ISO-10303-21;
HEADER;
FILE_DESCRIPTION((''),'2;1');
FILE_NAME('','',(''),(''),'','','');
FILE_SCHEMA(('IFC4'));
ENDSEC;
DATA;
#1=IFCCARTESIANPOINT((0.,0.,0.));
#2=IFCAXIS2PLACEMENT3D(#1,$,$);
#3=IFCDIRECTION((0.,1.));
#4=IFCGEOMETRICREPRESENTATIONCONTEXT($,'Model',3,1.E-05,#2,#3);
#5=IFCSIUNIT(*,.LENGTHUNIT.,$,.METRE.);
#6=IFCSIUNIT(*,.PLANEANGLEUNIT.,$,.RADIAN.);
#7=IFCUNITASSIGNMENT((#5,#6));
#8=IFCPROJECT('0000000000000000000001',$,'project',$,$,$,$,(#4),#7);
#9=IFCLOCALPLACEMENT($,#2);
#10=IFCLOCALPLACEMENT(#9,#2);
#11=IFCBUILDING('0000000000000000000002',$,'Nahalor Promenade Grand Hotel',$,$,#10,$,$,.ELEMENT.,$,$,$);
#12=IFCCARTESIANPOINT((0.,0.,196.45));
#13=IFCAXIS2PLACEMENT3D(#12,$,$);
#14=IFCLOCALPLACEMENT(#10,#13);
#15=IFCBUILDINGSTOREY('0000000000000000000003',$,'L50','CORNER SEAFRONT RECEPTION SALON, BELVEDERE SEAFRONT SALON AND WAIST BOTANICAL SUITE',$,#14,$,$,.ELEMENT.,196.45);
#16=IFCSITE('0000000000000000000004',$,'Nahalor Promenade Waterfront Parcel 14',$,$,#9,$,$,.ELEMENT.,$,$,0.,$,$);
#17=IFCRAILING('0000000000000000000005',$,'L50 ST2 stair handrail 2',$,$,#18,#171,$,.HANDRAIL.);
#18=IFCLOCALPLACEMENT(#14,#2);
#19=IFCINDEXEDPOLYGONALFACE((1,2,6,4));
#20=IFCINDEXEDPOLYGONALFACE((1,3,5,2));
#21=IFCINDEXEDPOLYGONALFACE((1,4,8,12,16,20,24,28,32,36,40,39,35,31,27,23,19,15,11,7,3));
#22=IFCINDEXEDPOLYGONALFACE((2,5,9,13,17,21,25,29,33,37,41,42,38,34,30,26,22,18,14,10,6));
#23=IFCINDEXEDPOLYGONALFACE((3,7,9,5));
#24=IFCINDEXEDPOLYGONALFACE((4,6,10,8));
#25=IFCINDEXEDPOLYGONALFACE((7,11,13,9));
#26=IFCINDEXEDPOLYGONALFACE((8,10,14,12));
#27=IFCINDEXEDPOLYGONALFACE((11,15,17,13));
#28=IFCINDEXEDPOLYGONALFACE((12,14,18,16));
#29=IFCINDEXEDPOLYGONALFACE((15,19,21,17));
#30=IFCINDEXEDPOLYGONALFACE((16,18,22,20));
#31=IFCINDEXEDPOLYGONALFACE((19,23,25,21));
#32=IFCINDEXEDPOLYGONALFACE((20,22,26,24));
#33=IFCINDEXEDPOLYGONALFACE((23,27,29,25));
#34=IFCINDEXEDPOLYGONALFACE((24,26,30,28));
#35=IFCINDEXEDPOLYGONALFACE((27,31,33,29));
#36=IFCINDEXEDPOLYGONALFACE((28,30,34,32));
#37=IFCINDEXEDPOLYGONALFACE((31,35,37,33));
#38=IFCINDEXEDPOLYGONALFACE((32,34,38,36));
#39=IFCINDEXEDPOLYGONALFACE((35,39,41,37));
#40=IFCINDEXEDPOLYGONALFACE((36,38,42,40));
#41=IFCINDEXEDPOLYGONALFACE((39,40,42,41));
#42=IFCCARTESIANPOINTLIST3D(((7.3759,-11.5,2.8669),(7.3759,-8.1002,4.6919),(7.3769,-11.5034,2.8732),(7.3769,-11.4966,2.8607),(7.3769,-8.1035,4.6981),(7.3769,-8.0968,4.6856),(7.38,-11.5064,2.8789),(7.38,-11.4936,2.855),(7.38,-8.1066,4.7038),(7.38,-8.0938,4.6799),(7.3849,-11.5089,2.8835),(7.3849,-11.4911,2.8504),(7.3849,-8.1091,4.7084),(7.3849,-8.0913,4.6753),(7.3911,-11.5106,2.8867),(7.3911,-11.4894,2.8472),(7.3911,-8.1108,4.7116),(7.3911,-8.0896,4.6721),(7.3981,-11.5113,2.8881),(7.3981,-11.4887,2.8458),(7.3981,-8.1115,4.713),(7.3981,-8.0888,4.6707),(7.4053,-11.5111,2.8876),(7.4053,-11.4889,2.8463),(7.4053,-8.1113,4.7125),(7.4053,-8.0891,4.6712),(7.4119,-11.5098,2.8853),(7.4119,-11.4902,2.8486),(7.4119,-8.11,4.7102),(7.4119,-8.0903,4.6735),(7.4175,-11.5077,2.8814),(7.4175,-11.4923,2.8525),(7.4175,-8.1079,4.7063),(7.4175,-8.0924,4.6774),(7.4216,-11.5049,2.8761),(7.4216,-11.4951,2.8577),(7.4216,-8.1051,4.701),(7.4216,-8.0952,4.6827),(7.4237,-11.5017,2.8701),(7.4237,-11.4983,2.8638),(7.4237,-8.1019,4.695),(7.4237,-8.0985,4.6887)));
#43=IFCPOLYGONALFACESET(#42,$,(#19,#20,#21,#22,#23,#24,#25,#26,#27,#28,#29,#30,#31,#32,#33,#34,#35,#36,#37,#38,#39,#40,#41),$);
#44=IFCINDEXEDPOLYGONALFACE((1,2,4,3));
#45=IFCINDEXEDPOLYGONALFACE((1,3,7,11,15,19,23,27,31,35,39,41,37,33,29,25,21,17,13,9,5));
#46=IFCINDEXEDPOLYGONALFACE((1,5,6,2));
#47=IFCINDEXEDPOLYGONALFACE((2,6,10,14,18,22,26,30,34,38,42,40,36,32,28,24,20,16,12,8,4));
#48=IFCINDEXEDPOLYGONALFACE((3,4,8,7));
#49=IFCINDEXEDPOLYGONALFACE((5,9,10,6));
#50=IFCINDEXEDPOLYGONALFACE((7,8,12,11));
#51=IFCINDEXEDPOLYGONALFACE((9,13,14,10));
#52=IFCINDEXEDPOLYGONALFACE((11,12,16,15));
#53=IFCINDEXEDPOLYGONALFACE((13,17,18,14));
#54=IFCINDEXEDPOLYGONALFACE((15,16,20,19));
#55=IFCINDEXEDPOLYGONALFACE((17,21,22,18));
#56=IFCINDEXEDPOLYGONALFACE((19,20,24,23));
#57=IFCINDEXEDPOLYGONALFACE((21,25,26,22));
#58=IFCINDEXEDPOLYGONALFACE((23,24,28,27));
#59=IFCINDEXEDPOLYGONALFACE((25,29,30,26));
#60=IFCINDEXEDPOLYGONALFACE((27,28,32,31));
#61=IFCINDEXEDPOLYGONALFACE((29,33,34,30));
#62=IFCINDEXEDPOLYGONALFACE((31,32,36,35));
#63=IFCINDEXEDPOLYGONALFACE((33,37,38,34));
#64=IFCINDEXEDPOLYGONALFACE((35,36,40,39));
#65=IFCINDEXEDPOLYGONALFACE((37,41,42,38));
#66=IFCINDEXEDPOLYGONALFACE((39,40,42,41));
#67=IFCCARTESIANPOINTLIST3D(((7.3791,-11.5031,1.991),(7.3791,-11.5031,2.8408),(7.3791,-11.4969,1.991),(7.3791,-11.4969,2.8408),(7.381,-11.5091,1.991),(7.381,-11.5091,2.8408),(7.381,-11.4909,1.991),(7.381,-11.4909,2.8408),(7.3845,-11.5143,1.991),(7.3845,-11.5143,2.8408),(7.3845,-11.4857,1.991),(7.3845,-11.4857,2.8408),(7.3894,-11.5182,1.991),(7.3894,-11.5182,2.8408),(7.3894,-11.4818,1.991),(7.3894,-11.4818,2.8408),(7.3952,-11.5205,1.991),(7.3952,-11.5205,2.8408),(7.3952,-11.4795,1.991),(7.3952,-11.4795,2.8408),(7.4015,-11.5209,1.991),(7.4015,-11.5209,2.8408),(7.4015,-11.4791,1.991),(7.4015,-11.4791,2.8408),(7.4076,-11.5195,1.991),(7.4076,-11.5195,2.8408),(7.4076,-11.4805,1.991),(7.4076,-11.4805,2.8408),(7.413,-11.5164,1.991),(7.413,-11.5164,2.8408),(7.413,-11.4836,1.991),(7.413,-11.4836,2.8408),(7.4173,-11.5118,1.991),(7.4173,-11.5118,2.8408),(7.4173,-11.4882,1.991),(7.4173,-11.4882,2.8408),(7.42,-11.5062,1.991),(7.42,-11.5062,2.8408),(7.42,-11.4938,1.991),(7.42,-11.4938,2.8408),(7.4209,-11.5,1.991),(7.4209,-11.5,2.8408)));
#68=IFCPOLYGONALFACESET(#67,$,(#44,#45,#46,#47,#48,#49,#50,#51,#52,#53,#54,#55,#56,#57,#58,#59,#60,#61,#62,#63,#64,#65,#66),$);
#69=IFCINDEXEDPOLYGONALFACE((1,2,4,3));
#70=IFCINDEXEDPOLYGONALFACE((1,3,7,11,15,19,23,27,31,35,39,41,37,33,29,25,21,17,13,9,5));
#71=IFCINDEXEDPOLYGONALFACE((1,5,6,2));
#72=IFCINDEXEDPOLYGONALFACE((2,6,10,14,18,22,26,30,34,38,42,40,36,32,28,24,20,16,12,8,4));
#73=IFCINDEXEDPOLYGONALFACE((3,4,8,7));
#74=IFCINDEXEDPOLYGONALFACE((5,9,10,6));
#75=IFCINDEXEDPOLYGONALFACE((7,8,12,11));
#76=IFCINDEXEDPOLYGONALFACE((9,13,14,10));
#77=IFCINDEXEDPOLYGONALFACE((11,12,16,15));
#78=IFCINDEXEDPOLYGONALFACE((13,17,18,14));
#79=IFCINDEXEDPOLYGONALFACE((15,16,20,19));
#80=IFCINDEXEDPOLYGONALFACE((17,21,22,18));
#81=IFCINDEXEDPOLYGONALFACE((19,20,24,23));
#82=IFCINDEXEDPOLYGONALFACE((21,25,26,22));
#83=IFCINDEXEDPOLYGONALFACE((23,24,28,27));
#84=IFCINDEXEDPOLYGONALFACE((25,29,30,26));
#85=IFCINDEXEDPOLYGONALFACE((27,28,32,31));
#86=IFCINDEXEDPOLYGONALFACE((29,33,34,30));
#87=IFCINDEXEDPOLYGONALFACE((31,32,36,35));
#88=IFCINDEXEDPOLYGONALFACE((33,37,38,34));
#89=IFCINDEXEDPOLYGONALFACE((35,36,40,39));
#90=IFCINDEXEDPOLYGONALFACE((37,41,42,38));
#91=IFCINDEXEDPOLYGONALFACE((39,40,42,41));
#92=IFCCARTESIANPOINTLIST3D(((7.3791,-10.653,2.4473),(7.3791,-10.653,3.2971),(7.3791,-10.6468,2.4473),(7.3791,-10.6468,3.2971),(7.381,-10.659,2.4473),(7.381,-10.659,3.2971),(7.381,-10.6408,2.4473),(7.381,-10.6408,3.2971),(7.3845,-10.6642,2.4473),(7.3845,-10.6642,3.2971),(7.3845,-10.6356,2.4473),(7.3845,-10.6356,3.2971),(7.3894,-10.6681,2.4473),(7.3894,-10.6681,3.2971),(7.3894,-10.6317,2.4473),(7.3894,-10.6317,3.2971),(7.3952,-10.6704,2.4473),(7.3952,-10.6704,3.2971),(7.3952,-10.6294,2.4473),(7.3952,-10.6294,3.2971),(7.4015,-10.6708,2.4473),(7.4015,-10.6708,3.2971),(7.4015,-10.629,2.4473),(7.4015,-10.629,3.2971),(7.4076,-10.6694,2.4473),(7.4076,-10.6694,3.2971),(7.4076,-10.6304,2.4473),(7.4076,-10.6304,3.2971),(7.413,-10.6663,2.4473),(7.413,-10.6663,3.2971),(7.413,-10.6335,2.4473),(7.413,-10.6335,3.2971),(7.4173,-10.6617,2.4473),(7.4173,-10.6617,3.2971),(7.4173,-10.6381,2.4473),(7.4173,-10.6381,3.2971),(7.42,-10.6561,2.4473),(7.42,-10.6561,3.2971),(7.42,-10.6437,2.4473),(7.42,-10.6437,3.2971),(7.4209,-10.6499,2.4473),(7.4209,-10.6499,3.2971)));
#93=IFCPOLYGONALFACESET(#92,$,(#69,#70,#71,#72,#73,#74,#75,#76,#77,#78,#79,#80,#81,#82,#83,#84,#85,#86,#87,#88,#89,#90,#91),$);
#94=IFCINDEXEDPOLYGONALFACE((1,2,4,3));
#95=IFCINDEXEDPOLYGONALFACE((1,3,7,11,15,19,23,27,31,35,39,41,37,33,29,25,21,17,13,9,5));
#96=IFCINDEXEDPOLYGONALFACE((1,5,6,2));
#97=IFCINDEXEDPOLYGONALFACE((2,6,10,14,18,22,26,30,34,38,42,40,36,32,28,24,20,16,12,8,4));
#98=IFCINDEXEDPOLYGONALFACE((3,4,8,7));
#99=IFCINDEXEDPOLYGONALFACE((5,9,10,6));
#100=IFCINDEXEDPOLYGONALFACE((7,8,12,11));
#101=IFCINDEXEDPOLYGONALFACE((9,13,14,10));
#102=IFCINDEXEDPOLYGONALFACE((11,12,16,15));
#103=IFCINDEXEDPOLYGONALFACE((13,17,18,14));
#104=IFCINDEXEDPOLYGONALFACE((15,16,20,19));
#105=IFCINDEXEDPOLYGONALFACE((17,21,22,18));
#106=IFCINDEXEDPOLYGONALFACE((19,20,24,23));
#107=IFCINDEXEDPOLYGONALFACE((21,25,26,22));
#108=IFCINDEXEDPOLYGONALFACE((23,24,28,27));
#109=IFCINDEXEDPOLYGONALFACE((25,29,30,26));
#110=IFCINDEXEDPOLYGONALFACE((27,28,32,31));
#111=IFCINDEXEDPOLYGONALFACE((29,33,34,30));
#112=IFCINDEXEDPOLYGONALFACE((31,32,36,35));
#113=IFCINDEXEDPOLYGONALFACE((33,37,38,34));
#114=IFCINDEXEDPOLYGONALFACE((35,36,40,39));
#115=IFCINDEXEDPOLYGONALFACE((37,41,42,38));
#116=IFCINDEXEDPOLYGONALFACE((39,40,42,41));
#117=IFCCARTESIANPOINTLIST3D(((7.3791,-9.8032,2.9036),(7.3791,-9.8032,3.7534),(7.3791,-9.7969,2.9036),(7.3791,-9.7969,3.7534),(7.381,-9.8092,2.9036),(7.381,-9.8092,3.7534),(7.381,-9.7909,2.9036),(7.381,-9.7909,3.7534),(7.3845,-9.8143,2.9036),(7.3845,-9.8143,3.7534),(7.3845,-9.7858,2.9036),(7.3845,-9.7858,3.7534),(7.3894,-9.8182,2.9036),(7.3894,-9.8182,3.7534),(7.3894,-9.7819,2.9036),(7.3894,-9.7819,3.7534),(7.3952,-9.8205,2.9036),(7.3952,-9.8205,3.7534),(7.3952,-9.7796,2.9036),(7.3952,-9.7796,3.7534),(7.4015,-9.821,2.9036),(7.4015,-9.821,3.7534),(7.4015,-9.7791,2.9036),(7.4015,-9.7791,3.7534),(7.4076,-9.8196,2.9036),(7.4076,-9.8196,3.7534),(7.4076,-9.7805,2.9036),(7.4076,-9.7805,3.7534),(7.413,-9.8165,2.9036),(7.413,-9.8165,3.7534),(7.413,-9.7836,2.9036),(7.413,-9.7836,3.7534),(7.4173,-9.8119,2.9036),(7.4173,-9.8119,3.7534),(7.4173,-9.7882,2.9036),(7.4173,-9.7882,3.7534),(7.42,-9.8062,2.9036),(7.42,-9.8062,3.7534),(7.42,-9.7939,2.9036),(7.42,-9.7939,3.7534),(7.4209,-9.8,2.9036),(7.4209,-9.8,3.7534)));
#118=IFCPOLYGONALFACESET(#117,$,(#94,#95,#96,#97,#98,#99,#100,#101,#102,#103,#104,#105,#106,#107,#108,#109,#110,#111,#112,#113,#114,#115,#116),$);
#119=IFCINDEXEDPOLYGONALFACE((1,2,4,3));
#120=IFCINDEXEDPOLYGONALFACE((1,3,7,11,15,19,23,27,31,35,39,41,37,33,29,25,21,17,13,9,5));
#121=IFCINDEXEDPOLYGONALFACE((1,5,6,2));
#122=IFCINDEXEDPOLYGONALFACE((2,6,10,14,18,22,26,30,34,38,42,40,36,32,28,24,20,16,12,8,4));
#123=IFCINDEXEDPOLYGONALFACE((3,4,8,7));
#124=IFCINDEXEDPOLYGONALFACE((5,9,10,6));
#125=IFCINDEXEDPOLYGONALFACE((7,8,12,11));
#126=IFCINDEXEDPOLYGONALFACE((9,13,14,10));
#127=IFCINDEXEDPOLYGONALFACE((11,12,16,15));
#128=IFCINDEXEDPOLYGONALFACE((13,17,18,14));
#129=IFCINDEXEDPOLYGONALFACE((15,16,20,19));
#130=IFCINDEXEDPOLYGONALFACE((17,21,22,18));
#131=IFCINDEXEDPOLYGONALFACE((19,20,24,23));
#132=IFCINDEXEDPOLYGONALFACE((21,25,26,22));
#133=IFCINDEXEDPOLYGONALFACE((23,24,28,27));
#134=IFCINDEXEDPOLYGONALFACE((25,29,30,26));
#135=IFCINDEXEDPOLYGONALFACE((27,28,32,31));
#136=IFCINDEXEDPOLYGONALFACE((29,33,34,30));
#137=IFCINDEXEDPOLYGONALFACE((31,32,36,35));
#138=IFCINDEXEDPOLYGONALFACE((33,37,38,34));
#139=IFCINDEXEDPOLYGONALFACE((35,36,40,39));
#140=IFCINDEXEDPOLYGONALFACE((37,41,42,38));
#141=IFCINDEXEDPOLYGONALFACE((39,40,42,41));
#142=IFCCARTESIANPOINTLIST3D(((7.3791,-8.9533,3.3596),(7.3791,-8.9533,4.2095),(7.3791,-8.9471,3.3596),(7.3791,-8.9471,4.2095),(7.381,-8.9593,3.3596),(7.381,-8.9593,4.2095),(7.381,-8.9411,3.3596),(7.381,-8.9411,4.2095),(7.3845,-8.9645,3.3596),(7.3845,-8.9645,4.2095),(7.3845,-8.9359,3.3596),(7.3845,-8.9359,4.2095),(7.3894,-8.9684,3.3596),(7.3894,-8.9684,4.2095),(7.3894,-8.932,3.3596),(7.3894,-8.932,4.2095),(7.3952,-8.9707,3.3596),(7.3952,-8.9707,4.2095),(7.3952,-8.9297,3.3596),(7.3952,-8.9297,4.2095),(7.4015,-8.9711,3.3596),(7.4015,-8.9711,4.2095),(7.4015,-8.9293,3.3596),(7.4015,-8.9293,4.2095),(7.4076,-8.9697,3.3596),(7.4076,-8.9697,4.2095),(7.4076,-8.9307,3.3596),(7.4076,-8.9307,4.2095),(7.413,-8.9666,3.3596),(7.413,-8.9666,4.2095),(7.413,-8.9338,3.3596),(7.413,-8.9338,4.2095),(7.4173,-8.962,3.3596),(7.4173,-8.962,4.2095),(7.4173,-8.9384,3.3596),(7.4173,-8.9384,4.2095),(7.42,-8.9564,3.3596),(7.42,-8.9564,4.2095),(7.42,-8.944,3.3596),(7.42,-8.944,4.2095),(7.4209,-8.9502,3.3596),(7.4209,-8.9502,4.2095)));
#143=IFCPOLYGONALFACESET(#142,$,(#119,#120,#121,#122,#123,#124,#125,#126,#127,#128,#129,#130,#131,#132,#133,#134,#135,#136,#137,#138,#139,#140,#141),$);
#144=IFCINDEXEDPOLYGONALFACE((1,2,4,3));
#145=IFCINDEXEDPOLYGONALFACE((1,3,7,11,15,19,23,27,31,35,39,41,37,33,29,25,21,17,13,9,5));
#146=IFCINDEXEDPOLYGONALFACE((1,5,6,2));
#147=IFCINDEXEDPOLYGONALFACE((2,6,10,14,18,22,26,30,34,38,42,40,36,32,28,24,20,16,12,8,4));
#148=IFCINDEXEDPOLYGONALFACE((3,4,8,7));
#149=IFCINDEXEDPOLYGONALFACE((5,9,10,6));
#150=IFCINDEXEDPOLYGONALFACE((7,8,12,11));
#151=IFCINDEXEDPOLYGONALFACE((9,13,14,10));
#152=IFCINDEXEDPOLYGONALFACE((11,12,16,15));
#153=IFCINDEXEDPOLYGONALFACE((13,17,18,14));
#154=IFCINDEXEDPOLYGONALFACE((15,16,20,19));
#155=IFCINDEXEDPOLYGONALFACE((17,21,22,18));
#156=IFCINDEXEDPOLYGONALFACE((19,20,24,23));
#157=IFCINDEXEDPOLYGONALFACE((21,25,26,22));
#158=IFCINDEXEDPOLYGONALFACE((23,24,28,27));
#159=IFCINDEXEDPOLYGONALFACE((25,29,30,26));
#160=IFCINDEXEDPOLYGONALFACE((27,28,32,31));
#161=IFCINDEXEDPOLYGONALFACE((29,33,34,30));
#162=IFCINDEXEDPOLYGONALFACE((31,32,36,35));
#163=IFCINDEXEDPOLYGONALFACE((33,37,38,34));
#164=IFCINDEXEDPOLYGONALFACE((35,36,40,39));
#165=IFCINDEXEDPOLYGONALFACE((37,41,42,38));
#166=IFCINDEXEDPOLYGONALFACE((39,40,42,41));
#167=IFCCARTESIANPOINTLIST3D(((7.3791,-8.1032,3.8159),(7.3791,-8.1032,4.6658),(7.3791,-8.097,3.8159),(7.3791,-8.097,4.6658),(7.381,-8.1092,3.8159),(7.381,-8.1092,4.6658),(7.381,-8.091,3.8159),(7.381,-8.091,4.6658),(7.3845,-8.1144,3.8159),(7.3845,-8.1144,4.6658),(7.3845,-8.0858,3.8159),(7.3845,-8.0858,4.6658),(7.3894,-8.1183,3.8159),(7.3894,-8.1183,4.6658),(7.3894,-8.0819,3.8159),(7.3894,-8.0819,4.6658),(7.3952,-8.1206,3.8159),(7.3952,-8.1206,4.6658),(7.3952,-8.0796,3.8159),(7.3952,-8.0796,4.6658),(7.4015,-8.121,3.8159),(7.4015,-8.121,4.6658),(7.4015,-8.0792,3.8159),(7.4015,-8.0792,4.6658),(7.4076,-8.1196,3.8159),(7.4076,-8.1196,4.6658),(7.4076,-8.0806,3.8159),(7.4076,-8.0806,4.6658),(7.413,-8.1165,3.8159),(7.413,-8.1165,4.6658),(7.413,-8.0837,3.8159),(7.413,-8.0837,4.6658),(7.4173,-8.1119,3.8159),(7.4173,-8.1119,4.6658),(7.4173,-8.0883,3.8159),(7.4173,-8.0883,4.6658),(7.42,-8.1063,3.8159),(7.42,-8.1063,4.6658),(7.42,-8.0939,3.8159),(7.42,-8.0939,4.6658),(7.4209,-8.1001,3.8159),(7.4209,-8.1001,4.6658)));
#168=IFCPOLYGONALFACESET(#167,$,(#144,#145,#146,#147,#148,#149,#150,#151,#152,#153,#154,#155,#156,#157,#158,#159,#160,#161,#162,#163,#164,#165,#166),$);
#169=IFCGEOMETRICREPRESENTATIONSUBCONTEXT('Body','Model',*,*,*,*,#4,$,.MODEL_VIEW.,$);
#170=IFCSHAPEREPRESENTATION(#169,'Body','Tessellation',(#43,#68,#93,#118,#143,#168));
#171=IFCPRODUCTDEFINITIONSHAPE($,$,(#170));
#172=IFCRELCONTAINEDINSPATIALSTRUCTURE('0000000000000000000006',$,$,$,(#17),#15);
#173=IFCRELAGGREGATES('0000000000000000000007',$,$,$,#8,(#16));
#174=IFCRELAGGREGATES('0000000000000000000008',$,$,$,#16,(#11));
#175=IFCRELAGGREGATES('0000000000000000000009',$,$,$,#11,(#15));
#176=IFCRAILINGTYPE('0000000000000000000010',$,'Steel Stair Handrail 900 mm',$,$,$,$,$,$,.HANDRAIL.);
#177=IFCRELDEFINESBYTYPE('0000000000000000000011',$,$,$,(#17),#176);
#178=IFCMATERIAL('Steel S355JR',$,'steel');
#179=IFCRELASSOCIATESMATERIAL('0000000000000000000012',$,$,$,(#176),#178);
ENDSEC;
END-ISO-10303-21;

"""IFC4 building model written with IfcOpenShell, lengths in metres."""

from ifc_helpers import new_model, si_unit, direction, frame, origin, origin_2d, place, context, subcontext, project, spatial, circle, extrude, material, type_object, element, save


model = new_model("IFC4")

# Units and contexts
model_context = context("Model", 3, precision=1e-05, world=origin(), true_north=direction((0.0, 1.0)))
body_context = subcontext(model_context, "Body", "Model", "MODEL_VIEW")
ifc_project = project(units=[si_unit("LENGTHUNIT", "METRE"), si_unit("PLANEANGLEUNIT", "RADIAN")], contexts=[model_context])

# Site, building, storey
site_placement = place(None, origin())
site = spatial("IfcSite", under=ifc_project, at=site_placement, Name="Nahalor Promenade Waterfront Parcel 14", CompositionType="ELEMENT", RefElevation=0.0)
building_placement = place(site_placement, origin())
building = spatial("IfcBuilding", under=site, at=building_placement, Name="Nahalor Promenade Grand Hotel", CompositionType="ELEMENT")
storey_placement = place(building_placement, frame((0.0, 0.0, 196.45)))
storey = spatial("IfcBuildingStorey", under=building, at=storey_placement, Name="L50", Description="CORNER SEAFRONT RECEPTION SALON, BELVEDERE SEAFRONT SALON AND WAIST BOTANICAL SUITE", CompositionType="ELEMENT", Elevation=196.45)

# Shared definitions
ifc_material_1 = material(Name="Steel S355JR", Category="steel")

# Railing
railing_type_1 = type_object("IfcRailingType", Name="Steel Stair Handrail 900 mm", PredefinedType="HANDRAIL", material=ifc_material_1)
railing_1_placement = place(storey_placement, frame((7.3999, -11.5, 1.991)))
element("IfcRailing", 1, at=railing_1_placement, inside=storey, type_object=railing_type_1, Name="L50 ST2 stair handrail 2", PredefinedType="HANDRAIL", context=body_context, shape_type="SweptSolid", body=[
    extrude(circle(Radius=0.024, at=origin_2d()), frame((0.0, 0.0, 0.876), z_axis=(0.0, 0.881094, 0.472941), x_axis=(-1.0, 0.0, 0.0)), (0.0, 0.0, 1.0), 3.8586),
    extrude(circle(Radius=0.021, at=origin_2d()), origin(), (0.0, 0.0, 1.0), 0.8499),
    extrude(circle(Radius=0.021, at=origin_2d()), frame((0.0, 0.8501, 0.4563)), (0.0, 0.0, 1.0), 0.8499),
    extrude(circle(Radius=0.021, at=origin_2d()), frame((0.0, 1.7, 0.9126)), (0.0, 0.0, 1.0), 0.8499),
    extrude(circle(Radius=0.021, at=origin_2d()), frame((0.0, 2.5498, 1.3687)), (0.0, 0.0, 1.0), 0.8499),
    extrude(circle(Radius=0.021, at=origin_2d()), frame((0.0, 3.3999, 1.825)), (0.0, 0.0, 1.0), 0.8499),
])

save(model, "model.ifc")
